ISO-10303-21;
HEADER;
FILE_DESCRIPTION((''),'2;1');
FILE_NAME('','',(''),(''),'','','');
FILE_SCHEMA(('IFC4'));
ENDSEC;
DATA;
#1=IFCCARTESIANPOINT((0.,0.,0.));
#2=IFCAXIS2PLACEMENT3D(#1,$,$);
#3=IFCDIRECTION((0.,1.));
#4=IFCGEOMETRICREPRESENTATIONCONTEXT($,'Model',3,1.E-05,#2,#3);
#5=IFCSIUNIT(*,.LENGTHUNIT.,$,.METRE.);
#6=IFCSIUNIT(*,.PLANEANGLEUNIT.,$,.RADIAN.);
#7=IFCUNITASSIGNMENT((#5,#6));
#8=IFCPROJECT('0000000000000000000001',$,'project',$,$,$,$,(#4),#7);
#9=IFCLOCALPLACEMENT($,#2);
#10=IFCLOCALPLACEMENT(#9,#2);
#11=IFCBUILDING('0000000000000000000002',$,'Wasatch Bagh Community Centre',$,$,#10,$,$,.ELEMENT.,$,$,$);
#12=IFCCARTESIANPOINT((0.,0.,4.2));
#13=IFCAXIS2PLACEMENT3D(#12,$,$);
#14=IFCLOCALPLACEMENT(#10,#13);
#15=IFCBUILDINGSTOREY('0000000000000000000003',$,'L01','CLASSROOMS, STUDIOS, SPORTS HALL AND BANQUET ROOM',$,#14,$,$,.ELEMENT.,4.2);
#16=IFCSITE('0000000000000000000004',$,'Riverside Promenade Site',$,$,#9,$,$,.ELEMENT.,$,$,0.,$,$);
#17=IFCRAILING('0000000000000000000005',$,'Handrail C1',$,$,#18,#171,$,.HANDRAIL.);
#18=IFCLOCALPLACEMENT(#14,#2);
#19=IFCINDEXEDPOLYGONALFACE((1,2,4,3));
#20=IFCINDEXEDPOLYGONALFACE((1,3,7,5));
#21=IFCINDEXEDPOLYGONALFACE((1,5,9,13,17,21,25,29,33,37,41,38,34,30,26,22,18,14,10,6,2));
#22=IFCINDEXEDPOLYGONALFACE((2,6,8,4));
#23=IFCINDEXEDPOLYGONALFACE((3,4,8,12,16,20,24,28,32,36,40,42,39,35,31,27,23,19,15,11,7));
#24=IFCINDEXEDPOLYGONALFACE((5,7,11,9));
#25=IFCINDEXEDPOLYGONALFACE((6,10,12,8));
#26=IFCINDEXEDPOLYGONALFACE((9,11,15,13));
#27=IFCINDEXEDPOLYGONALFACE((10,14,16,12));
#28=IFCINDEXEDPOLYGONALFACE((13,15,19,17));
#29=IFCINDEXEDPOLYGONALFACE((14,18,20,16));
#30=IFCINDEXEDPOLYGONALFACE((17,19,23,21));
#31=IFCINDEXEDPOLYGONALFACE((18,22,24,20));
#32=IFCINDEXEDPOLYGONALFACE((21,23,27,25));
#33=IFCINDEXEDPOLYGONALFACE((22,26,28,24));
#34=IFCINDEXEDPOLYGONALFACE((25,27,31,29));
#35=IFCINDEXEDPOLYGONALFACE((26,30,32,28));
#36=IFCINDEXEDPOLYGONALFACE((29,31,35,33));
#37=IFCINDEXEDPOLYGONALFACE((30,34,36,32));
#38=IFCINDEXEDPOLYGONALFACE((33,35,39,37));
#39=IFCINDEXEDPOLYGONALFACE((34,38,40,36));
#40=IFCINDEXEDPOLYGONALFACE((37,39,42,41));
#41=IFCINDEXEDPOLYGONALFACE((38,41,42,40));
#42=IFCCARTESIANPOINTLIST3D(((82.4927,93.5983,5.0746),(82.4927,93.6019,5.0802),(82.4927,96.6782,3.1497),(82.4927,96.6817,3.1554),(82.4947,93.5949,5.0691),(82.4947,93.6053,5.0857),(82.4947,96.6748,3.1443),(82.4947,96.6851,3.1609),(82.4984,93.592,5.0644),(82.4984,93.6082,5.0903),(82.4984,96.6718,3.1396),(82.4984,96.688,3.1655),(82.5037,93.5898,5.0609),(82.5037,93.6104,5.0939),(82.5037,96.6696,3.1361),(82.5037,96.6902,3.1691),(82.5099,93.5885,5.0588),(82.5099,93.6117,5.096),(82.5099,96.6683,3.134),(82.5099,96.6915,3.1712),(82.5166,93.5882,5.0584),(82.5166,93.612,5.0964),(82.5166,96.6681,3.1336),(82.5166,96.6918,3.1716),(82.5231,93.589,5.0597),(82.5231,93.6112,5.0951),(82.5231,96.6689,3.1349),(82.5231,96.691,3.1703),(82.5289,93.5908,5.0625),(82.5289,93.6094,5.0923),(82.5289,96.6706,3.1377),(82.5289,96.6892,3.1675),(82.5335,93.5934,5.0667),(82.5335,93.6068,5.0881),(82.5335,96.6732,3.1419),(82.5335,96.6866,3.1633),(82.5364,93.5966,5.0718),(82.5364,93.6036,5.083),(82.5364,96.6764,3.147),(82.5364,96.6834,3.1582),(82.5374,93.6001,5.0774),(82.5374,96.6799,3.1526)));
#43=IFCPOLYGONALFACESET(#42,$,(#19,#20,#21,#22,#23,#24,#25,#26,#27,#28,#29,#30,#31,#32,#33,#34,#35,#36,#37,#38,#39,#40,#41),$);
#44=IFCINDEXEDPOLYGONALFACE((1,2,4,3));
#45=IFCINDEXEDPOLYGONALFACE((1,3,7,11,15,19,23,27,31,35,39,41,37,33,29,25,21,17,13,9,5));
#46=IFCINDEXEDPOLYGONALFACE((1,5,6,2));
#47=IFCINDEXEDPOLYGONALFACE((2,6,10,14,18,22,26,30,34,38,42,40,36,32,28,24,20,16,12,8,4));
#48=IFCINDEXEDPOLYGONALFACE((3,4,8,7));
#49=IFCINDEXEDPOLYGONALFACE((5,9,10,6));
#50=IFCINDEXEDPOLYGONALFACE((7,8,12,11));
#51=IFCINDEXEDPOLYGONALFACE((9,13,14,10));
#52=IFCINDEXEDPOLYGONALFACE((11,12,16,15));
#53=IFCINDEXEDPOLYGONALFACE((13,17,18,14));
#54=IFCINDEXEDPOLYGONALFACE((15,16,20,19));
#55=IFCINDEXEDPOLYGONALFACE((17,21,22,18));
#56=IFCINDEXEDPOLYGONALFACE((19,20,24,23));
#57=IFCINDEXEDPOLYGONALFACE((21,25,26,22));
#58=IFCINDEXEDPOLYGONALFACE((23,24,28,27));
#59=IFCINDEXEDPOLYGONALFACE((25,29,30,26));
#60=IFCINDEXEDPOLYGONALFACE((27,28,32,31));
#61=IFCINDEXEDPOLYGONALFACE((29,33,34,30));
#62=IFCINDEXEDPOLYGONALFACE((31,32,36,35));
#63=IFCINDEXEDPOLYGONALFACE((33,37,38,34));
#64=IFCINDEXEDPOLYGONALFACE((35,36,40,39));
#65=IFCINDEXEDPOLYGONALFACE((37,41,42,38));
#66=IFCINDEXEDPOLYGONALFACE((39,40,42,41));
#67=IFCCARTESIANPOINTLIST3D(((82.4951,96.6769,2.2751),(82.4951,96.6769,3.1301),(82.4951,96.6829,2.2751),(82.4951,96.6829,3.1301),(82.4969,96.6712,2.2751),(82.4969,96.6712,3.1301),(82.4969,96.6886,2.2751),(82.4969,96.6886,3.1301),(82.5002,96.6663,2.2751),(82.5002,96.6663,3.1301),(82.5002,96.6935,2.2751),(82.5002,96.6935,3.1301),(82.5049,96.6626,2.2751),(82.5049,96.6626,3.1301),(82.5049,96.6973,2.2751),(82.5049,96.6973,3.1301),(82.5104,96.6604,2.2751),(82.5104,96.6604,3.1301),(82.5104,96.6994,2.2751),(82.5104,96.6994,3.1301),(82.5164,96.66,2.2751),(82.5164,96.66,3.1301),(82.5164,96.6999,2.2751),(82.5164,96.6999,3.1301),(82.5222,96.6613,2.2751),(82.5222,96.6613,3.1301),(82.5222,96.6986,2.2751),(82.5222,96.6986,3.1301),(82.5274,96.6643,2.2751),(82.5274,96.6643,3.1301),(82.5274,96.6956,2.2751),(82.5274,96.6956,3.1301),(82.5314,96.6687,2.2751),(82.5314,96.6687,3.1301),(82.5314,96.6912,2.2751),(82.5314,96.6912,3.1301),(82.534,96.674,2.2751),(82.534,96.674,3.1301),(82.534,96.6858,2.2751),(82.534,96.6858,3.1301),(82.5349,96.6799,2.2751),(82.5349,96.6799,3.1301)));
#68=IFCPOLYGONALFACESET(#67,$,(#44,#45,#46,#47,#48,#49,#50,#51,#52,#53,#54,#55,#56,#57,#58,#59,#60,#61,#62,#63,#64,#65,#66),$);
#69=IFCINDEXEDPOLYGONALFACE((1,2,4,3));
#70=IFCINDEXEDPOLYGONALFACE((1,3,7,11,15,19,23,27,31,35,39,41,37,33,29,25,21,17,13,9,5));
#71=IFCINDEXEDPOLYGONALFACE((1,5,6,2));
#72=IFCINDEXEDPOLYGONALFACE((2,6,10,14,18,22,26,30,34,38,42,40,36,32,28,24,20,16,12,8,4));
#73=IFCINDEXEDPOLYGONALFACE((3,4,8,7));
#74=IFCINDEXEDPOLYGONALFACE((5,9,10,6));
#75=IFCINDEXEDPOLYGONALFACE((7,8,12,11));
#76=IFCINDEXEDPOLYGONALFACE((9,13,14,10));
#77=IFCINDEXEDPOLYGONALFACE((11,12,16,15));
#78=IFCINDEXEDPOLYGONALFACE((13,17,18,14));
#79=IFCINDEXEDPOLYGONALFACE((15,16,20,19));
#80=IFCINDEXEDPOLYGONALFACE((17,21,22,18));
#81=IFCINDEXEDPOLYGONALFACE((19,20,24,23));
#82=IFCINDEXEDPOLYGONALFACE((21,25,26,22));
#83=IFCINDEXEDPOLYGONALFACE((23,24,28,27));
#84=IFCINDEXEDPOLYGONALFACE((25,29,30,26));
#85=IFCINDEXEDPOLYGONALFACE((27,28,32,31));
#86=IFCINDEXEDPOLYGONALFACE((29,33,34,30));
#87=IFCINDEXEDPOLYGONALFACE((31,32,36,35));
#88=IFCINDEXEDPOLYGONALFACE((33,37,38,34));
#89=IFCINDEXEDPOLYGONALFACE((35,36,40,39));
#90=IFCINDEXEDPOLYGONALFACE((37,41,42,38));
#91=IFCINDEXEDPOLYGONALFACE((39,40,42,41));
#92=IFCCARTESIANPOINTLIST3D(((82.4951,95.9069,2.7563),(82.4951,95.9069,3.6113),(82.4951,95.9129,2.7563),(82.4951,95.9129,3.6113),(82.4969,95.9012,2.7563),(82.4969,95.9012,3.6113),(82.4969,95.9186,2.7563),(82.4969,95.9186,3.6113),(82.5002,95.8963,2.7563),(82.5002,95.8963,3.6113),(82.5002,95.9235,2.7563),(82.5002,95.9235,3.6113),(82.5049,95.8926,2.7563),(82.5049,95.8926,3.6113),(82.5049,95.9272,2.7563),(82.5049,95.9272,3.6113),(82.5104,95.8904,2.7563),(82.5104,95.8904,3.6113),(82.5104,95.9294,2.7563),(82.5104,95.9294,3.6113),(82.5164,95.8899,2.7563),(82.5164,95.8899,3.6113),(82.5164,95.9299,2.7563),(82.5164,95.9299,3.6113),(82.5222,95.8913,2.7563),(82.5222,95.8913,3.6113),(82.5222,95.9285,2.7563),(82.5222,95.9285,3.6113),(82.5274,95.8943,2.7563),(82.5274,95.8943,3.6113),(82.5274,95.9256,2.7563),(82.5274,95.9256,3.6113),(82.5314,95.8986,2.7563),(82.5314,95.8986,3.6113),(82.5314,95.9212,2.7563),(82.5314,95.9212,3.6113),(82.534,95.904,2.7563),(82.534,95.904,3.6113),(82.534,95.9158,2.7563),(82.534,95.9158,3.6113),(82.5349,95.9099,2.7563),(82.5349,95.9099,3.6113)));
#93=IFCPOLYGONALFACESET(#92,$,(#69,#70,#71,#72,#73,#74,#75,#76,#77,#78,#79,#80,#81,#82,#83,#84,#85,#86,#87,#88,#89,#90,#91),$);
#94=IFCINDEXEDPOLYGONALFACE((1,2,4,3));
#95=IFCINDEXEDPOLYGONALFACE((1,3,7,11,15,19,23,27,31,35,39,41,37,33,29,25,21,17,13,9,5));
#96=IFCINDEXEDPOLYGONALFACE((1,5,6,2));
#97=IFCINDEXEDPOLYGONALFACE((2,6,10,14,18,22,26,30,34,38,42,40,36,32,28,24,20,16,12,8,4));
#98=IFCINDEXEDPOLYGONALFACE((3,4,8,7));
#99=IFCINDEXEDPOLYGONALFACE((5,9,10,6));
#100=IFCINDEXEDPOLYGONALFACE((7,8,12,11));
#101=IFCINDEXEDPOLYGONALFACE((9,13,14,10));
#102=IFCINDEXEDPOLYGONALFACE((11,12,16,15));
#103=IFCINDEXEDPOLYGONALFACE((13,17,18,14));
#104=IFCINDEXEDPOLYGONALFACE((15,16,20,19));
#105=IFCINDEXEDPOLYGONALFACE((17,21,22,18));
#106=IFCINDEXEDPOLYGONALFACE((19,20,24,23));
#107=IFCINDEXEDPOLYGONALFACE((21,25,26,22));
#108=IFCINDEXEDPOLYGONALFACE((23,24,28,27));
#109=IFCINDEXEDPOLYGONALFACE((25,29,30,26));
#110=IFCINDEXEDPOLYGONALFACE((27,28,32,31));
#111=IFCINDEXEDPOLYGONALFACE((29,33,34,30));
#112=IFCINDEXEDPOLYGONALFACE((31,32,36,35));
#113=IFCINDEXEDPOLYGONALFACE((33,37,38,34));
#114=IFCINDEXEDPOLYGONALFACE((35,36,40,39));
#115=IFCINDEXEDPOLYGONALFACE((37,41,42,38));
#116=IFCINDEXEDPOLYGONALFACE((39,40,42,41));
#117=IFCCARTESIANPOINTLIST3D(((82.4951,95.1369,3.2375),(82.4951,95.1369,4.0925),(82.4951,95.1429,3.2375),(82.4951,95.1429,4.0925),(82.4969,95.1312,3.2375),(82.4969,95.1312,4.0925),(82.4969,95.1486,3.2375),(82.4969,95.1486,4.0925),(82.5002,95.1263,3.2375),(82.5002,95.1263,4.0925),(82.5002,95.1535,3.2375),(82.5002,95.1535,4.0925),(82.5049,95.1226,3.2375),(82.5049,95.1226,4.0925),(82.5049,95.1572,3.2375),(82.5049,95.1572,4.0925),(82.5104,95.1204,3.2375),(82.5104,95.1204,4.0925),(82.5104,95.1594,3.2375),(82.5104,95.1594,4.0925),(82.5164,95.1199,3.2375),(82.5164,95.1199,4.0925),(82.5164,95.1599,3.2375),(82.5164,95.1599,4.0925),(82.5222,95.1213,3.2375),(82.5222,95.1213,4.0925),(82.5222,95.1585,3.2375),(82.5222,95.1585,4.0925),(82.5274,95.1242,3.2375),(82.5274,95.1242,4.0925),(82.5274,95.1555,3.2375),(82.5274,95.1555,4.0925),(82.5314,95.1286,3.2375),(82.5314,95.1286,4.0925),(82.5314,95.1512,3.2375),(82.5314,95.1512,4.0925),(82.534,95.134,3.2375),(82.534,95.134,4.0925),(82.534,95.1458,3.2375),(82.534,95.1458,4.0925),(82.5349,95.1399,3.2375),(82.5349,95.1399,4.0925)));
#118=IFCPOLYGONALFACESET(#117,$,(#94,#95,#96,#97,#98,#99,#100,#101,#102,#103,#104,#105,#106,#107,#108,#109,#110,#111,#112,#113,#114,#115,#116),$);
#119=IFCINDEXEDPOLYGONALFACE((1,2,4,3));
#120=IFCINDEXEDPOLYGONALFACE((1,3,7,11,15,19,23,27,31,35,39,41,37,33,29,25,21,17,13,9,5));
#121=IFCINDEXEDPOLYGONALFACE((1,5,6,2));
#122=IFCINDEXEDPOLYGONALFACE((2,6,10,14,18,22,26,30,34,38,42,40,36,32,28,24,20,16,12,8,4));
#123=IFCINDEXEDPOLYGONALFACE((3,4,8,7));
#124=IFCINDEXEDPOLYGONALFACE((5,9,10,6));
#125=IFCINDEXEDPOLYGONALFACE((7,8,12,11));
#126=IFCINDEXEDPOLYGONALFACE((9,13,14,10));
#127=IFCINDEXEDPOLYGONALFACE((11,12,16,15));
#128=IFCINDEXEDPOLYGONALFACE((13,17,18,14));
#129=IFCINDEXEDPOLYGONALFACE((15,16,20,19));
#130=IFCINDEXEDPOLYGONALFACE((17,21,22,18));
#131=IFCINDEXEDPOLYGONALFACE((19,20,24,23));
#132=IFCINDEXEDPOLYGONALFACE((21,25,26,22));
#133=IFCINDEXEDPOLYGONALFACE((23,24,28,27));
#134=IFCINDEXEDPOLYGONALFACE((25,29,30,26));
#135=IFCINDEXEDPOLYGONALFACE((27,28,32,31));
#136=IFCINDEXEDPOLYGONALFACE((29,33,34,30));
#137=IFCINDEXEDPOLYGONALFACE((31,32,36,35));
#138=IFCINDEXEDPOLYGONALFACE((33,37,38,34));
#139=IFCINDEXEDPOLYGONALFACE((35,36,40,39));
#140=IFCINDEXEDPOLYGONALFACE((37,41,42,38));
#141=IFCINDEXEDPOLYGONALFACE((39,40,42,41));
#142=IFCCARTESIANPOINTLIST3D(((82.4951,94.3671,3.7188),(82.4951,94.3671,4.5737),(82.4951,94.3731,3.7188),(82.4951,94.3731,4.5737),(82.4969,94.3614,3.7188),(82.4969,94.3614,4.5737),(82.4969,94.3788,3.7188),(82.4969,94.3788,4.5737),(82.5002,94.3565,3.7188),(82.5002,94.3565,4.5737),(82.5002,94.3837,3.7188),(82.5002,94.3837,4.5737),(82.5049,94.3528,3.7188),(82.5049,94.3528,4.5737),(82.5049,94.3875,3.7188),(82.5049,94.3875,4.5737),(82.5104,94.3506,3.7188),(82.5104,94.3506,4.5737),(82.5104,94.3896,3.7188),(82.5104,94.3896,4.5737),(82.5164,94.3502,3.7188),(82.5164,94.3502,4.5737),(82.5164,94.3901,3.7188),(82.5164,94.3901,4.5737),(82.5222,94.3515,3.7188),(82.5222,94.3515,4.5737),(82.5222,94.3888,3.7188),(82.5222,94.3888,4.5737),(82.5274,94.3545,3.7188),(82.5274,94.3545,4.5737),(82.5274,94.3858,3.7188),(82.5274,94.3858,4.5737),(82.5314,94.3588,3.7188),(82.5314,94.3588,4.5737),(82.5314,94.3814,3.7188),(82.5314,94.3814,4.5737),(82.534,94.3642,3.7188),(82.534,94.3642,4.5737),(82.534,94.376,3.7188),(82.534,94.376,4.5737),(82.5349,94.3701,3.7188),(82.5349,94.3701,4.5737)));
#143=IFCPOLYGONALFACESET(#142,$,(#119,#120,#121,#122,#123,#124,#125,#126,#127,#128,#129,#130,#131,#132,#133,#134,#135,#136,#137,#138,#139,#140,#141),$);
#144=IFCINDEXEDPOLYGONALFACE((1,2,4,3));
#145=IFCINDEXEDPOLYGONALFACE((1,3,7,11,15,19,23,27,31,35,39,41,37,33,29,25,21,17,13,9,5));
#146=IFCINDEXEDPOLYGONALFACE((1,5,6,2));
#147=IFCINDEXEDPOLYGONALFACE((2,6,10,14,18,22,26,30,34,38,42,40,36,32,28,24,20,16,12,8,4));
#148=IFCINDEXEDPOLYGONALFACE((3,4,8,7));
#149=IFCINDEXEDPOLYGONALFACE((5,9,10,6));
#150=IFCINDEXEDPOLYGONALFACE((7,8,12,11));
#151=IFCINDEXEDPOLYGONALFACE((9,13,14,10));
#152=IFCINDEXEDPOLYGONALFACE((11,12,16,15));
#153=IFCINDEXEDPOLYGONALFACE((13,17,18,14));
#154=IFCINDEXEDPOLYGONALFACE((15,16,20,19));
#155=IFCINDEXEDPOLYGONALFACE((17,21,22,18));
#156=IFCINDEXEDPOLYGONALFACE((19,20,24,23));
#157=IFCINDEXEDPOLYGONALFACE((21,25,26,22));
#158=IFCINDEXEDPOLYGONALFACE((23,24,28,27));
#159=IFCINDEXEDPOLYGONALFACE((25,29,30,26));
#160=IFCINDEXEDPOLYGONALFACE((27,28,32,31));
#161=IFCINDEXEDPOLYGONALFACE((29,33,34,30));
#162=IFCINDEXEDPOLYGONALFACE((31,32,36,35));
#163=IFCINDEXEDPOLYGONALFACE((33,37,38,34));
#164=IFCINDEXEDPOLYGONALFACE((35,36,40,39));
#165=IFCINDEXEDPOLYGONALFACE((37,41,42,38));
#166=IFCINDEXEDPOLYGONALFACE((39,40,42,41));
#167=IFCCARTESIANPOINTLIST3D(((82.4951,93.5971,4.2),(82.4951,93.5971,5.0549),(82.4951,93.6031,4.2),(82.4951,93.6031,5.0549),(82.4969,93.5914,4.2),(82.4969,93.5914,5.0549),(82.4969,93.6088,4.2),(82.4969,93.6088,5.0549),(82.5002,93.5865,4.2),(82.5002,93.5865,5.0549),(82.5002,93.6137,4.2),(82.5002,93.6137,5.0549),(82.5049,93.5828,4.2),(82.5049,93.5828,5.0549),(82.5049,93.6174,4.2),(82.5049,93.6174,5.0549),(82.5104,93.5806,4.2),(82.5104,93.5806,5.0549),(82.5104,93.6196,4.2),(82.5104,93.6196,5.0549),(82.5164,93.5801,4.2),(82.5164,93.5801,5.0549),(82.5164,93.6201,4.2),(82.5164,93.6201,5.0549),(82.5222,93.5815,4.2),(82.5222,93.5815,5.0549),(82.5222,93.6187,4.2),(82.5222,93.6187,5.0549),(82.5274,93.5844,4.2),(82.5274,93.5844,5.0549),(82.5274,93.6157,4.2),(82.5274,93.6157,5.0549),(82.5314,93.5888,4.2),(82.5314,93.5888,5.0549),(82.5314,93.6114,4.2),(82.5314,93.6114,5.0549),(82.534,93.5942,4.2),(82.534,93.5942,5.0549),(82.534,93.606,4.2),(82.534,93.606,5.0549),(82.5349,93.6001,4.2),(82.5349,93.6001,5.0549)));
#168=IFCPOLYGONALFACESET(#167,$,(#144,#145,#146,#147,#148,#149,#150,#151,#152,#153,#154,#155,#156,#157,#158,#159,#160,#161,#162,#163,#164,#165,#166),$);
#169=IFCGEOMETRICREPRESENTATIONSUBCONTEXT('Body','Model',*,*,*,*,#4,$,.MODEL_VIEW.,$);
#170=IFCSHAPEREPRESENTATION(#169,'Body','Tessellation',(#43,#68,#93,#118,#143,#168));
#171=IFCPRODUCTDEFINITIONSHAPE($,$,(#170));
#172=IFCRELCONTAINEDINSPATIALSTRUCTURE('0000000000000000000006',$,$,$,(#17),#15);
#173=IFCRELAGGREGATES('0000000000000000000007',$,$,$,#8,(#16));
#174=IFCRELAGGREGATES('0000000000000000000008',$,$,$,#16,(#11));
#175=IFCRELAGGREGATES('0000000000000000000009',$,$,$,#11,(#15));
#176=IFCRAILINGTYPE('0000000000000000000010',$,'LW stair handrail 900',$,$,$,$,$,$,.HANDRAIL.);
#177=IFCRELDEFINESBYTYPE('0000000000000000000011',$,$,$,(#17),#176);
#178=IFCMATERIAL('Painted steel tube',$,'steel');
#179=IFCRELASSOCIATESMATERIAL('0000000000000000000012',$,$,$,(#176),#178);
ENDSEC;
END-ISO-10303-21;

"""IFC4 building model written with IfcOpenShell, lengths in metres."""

from ifc_helpers import new_model, si_unit, direction, frame, origin, origin_2d, place, context, subcontext, project, spatial, circle, extrude, material, type_object, element, save


model = new_model("IFC4")

# Units and contexts
model_context = context("Model", 3, precision=1e-05, world=origin(), true_north=direction((0.0, 1.0)))
body_context = subcontext(model_context, "Body", "Model", "MODEL_VIEW")
ifc_project = project(units=[si_unit("LENGTHUNIT", "METRE"), si_unit("PLANEANGLEUNIT", "RADIAN")], contexts=[model_context])

# Site, building, storey
site_placement = place(None, origin())
site = spatial("IfcSite", under=ifc_project, at=site_placement, Name="Riverside Promenade Site", CompositionType="ELEMENT", RefElevation=0.0)
building_placement = place(site_placement, origin())
building = spatial("IfcBuilding", under=site, at=building_placement, Name="Wasatch Bagh Community Centre", CompositionType="ELEMENT")
storey_placement = place(building_placement, frame((0.0, 0.0, 4.2)))
storey = spatial("IfcBuildingStorey", under=building, at=storey_placement, Name="L01", Description="CLASSROOMS, STUDIOS, SPORTS HALL AND BANQUET ROOM", CompositionType="ELEMENT", Elevation=4.2)

# Railing
ifc_material_1 = material(Name="Painted steel tube", Category="steel")
railing_type_1 = type_object("IfcRailingType", Name="LW stair handrail 900", PredefinedType="HANDRAIL", material=ifc_material_1)
for number, where, name in (
    (1, (82.5149, 96.6799, 2.2751), "Handrail C1"),
):
    element("IfcRailing", number, at=place(storey_placement, frame(where)), inside=storey, type_object=railing_type_1, Name=name, PredefinedType="HANDRAIL", context=body_context, shape_type="SweptSolid", body=[
        extrude(circle(Radius=0.0225, at=origin_2d()), frame((0.0, 0.0, 0.8774), z_axis=(0.0, -0.84801, 0.529981), x_axis=(1.0, 0.0, 0.0)), (0.0, 0.0, 1.0), 3.6318),
        extrude(circle(Radius=0.02, at=origin_2d()), origin(), (0.0, 0.0, 1.0), 0.855),
        extrude(circle(Radius=0.02, at=origin_2d()), frame((0.0, -0.77, 0.4812)), (0.0, 0.0, 1.0), 0.855),
        extrude(circle(Radius=0.02, at=origin_2d()), frame((0.0, -1.54, 0.9624)), (0.0, 0.0, 1.0), 0.855),
        extrude(circle(Radius=0.02, at=origin_2d()), frame((0.0, -2.3098, 1.4436)), (0.0, 0.0, 1.0), 0.855),
        extrude(circle(Radius=0.02, at=origin_2d()), frame((0.0, -3.0798, 1.9248)), (0.0, 0.0, 1.0), 0.855),
    ])

save(model, "model.ifc")
